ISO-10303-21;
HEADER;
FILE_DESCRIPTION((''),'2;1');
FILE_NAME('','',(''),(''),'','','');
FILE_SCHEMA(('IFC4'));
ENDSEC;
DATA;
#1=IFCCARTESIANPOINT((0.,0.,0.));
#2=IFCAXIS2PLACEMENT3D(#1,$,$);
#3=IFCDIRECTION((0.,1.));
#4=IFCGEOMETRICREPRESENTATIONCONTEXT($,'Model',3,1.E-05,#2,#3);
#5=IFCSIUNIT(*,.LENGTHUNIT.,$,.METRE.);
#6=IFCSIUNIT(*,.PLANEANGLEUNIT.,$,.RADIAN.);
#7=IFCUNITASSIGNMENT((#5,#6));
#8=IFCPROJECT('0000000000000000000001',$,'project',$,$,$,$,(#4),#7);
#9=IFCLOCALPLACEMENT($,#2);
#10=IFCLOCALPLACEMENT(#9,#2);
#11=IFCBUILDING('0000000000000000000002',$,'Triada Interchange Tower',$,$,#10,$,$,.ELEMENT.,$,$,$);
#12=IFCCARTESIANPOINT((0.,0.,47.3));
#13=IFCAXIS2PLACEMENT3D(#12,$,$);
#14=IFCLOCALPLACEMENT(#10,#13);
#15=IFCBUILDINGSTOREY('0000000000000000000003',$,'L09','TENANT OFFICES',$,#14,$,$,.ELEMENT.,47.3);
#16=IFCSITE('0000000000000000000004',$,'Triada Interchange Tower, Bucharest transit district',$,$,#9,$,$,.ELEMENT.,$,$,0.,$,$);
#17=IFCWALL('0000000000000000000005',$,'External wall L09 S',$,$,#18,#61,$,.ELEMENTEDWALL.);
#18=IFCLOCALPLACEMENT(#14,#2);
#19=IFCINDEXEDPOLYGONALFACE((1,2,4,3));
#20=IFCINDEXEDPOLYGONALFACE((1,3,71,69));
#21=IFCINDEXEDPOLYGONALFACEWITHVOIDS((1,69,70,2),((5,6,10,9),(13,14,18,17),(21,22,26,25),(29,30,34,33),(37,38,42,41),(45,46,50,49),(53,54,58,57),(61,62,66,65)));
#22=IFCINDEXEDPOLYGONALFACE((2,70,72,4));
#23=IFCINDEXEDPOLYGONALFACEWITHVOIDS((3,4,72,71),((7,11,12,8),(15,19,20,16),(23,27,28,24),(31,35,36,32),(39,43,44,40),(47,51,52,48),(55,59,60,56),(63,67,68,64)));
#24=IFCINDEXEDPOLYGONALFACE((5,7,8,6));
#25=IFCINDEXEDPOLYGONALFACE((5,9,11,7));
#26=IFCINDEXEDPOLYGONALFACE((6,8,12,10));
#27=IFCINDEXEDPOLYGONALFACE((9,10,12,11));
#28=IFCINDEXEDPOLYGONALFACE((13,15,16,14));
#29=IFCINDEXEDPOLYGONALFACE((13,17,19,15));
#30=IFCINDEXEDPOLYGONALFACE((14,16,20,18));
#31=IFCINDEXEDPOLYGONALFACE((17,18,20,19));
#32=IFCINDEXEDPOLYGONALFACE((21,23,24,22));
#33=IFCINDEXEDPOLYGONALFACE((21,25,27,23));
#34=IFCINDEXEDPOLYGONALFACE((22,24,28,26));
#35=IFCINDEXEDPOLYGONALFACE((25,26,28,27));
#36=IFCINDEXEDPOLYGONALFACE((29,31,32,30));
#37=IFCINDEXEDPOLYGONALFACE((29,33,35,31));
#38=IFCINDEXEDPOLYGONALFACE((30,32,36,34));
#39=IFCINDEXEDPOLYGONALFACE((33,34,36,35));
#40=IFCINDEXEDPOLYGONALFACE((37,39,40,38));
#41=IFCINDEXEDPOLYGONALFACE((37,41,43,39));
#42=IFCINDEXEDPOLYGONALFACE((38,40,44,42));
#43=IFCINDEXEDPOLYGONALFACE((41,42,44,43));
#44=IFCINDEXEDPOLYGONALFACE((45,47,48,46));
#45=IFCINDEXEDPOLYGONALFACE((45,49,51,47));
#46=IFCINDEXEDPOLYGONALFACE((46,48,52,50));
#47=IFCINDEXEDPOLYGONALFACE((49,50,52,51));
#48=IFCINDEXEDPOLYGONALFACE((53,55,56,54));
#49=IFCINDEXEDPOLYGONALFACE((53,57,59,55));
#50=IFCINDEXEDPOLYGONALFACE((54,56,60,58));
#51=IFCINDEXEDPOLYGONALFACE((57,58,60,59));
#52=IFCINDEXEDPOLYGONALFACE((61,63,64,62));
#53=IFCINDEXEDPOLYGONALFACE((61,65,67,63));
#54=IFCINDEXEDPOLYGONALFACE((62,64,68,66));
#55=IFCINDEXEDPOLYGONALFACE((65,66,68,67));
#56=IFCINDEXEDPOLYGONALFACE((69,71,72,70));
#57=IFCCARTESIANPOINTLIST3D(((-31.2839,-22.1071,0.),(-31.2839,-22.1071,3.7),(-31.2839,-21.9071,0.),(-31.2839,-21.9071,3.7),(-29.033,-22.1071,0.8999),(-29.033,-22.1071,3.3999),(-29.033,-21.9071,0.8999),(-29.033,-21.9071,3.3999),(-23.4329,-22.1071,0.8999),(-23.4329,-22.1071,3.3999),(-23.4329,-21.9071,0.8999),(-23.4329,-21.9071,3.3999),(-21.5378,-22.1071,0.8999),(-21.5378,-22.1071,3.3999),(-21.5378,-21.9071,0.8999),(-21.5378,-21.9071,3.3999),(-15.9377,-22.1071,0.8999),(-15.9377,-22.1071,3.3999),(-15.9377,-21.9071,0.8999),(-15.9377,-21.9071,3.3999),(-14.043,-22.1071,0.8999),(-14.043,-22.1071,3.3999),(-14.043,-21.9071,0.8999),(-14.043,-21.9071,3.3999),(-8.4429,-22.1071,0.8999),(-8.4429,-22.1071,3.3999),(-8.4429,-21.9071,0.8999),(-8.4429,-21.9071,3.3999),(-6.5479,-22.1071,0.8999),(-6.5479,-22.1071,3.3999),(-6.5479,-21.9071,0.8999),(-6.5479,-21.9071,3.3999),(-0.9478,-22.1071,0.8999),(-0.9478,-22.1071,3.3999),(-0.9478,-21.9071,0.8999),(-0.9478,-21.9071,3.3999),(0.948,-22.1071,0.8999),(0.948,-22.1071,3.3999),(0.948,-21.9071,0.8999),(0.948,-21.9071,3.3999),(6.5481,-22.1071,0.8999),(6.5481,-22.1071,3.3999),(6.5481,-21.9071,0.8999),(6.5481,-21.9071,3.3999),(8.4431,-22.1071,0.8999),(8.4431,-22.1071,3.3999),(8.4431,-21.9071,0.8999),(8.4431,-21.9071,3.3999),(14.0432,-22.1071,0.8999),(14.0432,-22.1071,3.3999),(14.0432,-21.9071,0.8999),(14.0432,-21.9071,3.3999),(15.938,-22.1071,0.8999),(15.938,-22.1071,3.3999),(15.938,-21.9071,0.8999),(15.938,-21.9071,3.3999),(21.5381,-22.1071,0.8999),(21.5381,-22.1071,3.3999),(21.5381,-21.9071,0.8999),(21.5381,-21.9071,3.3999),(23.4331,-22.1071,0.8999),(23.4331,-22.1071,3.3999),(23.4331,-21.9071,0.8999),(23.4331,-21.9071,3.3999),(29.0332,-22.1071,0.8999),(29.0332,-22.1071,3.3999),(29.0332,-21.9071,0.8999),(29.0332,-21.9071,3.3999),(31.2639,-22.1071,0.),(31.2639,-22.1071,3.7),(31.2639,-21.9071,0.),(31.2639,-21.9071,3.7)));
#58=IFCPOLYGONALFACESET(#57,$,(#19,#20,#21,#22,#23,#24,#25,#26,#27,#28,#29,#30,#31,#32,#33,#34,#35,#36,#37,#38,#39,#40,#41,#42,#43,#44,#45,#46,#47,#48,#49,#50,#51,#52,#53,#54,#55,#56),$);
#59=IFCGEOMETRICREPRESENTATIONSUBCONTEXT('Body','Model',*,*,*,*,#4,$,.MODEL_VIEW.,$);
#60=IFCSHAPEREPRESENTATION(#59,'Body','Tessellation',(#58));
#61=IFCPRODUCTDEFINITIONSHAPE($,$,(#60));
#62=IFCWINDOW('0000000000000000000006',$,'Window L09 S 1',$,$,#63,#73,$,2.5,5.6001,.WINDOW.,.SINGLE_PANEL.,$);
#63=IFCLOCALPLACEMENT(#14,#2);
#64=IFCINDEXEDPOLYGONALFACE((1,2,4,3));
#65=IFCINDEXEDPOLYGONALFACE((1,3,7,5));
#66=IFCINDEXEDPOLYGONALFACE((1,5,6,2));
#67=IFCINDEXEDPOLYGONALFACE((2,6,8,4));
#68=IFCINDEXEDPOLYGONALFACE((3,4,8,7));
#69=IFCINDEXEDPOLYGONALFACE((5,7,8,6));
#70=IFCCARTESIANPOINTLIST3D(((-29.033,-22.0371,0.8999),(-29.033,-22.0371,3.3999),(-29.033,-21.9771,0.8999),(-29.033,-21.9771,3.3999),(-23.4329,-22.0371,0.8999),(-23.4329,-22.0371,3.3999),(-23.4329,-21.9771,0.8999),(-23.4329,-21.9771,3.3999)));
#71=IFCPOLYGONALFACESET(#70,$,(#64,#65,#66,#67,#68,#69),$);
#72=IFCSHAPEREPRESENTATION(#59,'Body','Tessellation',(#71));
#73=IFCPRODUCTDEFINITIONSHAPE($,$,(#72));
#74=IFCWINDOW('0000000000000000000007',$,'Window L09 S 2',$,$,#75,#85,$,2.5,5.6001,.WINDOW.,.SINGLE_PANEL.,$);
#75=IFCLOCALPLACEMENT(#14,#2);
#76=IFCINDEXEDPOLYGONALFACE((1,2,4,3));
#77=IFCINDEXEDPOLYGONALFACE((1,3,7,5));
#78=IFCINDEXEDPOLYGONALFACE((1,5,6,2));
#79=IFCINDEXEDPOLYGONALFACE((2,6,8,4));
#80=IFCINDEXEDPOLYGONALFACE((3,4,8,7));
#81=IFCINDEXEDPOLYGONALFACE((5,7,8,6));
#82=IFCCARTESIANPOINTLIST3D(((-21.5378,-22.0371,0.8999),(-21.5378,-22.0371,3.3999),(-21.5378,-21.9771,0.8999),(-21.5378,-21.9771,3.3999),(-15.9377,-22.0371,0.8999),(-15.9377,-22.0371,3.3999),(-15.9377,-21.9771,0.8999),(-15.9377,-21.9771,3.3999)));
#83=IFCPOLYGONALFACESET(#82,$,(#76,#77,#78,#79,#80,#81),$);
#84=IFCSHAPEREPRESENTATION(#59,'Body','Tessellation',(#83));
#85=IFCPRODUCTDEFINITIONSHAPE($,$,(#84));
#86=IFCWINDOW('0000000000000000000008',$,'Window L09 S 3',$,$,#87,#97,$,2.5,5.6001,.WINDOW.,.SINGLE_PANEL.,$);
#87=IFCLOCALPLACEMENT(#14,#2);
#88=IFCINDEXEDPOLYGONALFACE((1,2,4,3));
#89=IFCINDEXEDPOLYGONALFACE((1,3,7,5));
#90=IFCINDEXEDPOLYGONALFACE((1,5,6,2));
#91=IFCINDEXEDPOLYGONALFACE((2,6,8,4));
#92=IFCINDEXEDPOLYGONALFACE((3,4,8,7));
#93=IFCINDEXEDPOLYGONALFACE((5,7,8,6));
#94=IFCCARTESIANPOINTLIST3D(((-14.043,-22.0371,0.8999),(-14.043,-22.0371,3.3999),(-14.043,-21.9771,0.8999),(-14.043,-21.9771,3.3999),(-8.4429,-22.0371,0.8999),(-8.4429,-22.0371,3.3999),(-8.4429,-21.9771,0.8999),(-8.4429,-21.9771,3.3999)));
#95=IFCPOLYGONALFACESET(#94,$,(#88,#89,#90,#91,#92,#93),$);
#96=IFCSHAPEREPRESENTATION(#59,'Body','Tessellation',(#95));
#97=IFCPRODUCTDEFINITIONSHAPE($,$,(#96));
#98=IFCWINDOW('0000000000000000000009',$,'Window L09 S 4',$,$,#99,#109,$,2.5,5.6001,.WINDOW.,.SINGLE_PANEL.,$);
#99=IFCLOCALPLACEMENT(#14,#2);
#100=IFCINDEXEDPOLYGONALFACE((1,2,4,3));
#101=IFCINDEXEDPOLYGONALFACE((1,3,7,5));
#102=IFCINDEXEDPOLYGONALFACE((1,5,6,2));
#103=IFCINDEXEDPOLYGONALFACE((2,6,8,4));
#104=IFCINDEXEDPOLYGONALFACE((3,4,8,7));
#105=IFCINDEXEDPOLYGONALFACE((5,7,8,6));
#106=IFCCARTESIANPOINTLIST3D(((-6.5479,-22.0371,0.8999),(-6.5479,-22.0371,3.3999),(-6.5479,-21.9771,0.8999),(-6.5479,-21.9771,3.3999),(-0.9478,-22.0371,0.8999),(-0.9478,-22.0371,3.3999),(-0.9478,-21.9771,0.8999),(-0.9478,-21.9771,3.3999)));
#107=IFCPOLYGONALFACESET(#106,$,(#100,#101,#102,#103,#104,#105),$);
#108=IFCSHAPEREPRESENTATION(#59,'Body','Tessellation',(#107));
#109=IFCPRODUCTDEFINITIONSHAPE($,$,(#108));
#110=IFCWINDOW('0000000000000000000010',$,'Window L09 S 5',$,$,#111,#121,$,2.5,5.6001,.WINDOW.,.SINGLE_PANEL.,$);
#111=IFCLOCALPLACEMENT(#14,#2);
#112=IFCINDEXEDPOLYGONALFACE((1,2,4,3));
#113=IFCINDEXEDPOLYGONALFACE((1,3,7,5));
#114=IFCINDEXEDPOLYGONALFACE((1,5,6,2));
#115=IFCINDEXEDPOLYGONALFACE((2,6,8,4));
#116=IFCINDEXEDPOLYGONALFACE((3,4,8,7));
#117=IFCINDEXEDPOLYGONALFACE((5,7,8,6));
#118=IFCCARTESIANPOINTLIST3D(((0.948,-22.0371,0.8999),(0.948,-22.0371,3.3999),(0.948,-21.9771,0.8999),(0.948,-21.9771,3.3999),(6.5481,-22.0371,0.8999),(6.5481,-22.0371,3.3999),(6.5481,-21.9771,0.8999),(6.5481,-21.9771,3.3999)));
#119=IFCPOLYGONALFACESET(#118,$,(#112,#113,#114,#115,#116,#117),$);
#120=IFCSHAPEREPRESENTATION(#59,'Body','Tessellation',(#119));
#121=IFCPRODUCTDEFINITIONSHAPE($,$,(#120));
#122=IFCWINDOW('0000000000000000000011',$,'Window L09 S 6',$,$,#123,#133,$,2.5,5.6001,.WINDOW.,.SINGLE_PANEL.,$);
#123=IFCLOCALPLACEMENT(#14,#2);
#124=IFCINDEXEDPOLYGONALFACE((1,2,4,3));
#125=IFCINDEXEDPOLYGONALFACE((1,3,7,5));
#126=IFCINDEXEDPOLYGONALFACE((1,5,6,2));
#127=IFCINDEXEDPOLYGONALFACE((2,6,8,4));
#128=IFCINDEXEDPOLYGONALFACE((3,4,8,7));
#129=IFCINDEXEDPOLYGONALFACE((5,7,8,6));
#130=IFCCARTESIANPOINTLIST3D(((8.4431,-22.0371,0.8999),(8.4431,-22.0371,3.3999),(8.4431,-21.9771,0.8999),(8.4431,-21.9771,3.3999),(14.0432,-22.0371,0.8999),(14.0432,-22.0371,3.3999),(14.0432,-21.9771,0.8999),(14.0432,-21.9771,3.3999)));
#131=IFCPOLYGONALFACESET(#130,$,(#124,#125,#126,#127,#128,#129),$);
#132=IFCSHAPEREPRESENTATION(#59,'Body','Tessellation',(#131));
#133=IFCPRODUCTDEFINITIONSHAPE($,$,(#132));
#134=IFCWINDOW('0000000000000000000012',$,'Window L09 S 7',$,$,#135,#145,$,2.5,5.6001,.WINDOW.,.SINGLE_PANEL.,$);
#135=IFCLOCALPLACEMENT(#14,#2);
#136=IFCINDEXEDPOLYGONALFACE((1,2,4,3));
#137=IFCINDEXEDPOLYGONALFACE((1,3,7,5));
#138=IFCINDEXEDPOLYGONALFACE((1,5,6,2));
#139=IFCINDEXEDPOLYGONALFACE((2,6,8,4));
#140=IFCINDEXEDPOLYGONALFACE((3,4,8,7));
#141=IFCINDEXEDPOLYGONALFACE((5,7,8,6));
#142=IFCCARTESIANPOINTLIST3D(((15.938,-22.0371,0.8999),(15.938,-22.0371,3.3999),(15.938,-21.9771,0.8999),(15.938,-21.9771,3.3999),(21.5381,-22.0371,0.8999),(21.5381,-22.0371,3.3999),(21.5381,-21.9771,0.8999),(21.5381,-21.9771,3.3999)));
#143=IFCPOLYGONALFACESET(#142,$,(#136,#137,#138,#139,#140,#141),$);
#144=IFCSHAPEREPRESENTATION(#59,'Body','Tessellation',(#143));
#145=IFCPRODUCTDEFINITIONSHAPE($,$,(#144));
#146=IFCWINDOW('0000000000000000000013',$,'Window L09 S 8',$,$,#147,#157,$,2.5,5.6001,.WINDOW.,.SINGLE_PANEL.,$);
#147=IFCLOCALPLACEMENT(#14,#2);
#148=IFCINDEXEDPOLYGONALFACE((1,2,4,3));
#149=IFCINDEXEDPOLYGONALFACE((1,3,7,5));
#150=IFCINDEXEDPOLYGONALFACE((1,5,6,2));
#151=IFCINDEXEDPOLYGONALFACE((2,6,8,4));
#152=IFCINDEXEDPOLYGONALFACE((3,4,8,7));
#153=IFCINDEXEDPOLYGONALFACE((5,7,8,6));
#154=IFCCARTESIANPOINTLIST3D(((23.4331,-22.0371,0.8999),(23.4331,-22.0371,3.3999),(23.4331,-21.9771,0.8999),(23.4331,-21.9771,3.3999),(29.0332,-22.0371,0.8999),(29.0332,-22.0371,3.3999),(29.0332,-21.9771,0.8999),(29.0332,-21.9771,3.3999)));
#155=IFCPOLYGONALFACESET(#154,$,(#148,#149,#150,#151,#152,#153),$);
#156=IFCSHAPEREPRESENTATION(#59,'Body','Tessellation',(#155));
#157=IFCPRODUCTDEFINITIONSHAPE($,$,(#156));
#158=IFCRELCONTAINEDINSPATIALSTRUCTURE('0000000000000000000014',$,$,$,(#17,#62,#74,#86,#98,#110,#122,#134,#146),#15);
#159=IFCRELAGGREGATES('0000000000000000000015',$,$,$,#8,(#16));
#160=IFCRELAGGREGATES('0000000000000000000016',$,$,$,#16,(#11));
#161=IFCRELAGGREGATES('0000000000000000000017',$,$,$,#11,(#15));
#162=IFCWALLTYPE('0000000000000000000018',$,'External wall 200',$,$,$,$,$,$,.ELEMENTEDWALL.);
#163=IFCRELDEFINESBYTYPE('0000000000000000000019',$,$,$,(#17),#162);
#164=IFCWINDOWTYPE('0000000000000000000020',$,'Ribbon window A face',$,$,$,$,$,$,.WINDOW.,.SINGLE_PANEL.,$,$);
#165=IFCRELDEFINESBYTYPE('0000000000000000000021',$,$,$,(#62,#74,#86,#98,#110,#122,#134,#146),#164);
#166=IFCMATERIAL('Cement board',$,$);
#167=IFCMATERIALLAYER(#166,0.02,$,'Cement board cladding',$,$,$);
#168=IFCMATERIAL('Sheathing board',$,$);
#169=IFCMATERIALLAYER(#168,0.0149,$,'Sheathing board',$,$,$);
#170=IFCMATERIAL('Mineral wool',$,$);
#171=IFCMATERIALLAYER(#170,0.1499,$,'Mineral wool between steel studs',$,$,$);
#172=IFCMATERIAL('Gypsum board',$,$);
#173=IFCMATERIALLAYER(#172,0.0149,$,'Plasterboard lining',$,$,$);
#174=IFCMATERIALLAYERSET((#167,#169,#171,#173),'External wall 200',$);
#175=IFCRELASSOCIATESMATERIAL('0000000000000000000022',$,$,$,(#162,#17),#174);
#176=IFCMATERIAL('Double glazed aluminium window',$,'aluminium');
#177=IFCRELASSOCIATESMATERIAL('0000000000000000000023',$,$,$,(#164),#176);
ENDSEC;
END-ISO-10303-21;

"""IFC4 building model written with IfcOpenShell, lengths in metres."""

from ifc_helpers import new_model, si_unit, direction, frame, frame_2d, origin, place, context, subcontext, project, spatial, rectangle, extrude, material, layer, layer_set, layer_usage, type_object, element, fill, save


model = new_model("IFC4")

# Units and contexts
model_context = context("Model", 3, precision=1e-05, world=origin(), true_north=direction((0.0, 1.0)))
body_context = subcontext(model_context, "Body", "Model", "MODEL_VIEW")
ifc_project = project(units=[si_unit("LENGTHUNIT", "METRE"), si_unit("PLANEANGLEUNIT", "RADIAN")], contexts=[model_context])

# Site, building, storey
site_placement = place(None, origin())
site = spatial("IfcSite", under=ifc_project, at=site_placement, Name="Triada Interchange Tower, Bucharest transit district", CompositionType="ELEMENT", RefElevation=0.0)
building_placement = place(site_placement, origin())
building = spatial("IfcBuilding", under=site, at=building_placement, Name="Triada Interchange Tower", CompositionType="ELEMENT")
storey_placement = place(building_placement, frame((0.0, 0.0, 47.3)))
storey = spatial("IfcBuildingStorey", under=building, at=storey_placement, Name="L09", Description="TENANT OFFICES", CompositionType="ELEMENT", Elevation=47.3)

# Shared definitions
ifc_material_1 = material(Name="Cement board")
ifc_layer_1 = layer(ifc_material_1, 0.02, Name="Cement board cladding")
ifc_material_2 = material(Name="Sheathing board")
ifc_layer_2 = layer(ifc_material_2, 0.0149, Name="Sheathing board")
ifc_material_3 = material(Name="Mineral wool")
ifc_layer_3 = layer(ifc_material_3, 0.1499, Name="Mineral wool between steel studs")
ifc_material_4 = material(Name="Gypsum board")
ifc_layer_4 = layer(ifc_material_4, 0.0149, Name="Plasterboard lining")
ifc_layer_set_1 = layer_set([ifc_layer_1, ifc_layer_2, ifc_layer_3, ifc_layer_4], Name="External wall 200")
ifc_layer_usage = layer_usage(ifc_layer_set_1, "AXIS2", "POSITIVE", -0.1001)
wall_type_1 = type_object("IfcWallType", Name="External wall 200", PredefinedType="ELEMENTEDWALL", material=ifc_layer_set_1)
ifc_material_5 = material(Name="Double glazed aluminium window", Category="aluminium")

# Wall, openings, windows
wall_1_placement = place(storey_placement, frame((-31.2839, -22.0071, 0.0), z_axis=(0.0, 0.0, 1.0), x_axis=(1.0, 0.0, 0.0)))
wall_1 = element("IfcWall", 1, at=wall_1_placement, inside=storey, type_object=wall_type_1, material=ifc_layer_usage, Name="External wall L09 S", PredefinedType="ELEMENTEDWALL", context=body_context, shape_type="SweptSolid", body=[
    extrude(rectangle(XDim=62.5479, YDim=0.2, at=frame_2d((31.2739, 0.0))), origin(), (0.0, 0.0, 1.0), 3.7),
])
opening_1_placement = place(wall_1_placement, frame((2.251, 0.0, 0.8999)))
opening_1 = element("IfcOpeningElement", 2, at=opening_1_placement, cuts=wall_1, PredefinedType="OPENING", context=body_context, shape_type="SweptSolid", body=[
    extrude(rectangle(XDim=5.6001, YDim=2.5, at=frame_2d((2.8, 1.25))), frame((0.0, 0.1099, 0.0), z_axis=(0.0, -1.0, 0.0), x_axis=(1.0, 0.0, 0.0)), (0.0, 0.0, 1.0), 0.22),
])
opening_2_placement = place(wall_1_placement, frame((9.7461, 0.0, 0.8999)))
opening_2 = element("IfcOpeningElement", 3, at=opening_2_placement, cuts=wall_1, PredefinedType="OPENING", context=body_context, shape_type="SweptSolid", body=[
    extrude(rectangle(XDim=5.6001, YDim=2.5, at=frame_2d((2.8, 1.25))), frame((0.0, 0.1099, 0.0), z_axis=(0.0, -1.0, 0.0), x_axis=(1.0, 0.0, 0.0)), (0.0, 0.0, 1.0), 0.22),
])
opening_3_placement = place(wall_1_placement, frame((17.241, 0.0, 0.8999)))
opening_3 = element("IfcOpeningElement", 4, at=opening_3_placement, cuts=wall_1, PredefinedType="OPENING", context=body_context, shape_type="SweptSolid", body=[
    extrude(rectangle(XDim=5.6001, YDim=2.5, at=frame_2d((2.8, 1.25))), frame((0.0, 0.1099, 0.0), z_axis=(0.0, -1.0, 0.0), x_axis=(1.0, 0.0, 0.0)), (0.0, 0.0, 1.0), 0.22),
])
opening_4_placement = place(wall_1_placement, frame((24.7361, 0.0, 0.8999)))
opening_4 = element("IfcOpeningElement", 5, at=opening_4_placement, cuts=wall_1, PredefinedType="OPENING", context=body_context, shape_type="SweptSolid", body=[
    extrude(rectangle(XDim=5.6001, YDim=2.5, at=frame_2d((2.8, 1.25))), frame((0.0, 0.1099, 0.0), z_axis=(0.0, -1.0, 0.0), x_axis=(1.0, 0.0, 0.0)), (0.0, 0.0, 1.0), 0.22),
])
opening_5_placement = place(wall_1_placement, frame((32.2319, 0.0, 0.8999)))
opening_5 = element("IfcOpeningElement", 6, at=opening_5_placement, cuts=wall_1, PredefinedType="OPENING", context=body_context, shape_type="SweptSolid", body=[
    extrude(rectangle(XDim=5.6001, YDim=2.5, at=frame_2d((2.8, 1.25))), frame((0.0, 0.1099, 0.0), z_axis=(0.0, -1.0, 0.0), x_axis=(1.0, 0.0, 0.0)), (0.0, 0.0, 1.0), 0.22),
])
opening_6_placement = place(wall_1_placement, frame((39.7271, 0.0, 0.8999)))
opening_6 = element("IfcOpeningElement", 7, at=opening_6_placement, cuts=wall_1, PredefinedType="OPENING", context=body_context, shape_type="SweptSolid", body=[
    extrude(rectangle(XDim=5.6001, YDim=2.5, at=frame_2d((2.8, 1.25))), frame((0.0, 0.1099, 0.0), z_axis=(0.0, -1.0, 0.0), x_axis=(1.0, 0.0, 0.0)), (0.0, 0.0, 1.0), 0.22),
])
opening_7_placement = place(wall_1_placement, frame((47.2219, 0.0, 0.8999)))
opening_7 = element("IfcOpeningElement", 8, at=opening_7_placement, cuts=wall_1, PredefinedType="OPENING", context=body_context, shape_type="SweptSolid", body=[
    extrude(rectangle(XDim=5.6001, YDim=2.5, at=frame_2d((2.8, 1.25))), frame((0.0, 0.1099, 0.0), z_axis=(0.0, -1.0, 0.0), x_axis=(1.0, 0.0, 0.0)), (0.0, 0.0, 1.0), 0.22),
])
opening_8_placement = place(wall_1_placement, frame((54.717, 0.0, 0.8999)))
opening_8 = element("IfcOpeningElement", 9, at=opening_8_placement, cuts=wall_1, PredefinedType="OPENING", context=body_context, shape_type="SweptSolid", body=[
    extrude(rectangle(XDim=5.6001, YDim=2.5, at=frame_2d((2.8, 1.25))), frame((0.0, 0.1099, 0.0), z_axis=(0.0, -1.0, 0.0), x_axis=(1.0, 0.0, 0.0)), (0.0, 0.0, 1.0), 0.22),
])
window_type_1 = type_object("IfcWindowType", Name="Ribbon window A face", PartitioningType="SINGLE_PANEL", PredefinedType="WINDOW", material=ifc_material_5)
window_1_placement = place(opening_1_placement, origin())
window_1 = element("IfcWindow", 10, at=window_1_placement, inside=storey, type_object=window_type_1, Name="Window L09 S 1", OverallHeight=2.5, OverallWidth=5.6001, PartitioningType="SINGLE_PANEL", PredefinedType="WINDOW", context=body_context, shape_type="SweptSolid", body=[
    extrude(rectangle(XDim=5.6001, YDim=2.5, at=frame_2d((2.8, 1.25))), frame((0.0, 0.03, 0.0), z_axis=(0.0, -1.0, 0.0), x_axis=(1.0, 0.0, 0.0)), (0.0, 0.0, 1.0), 0.0601),
])
fill(opening_1, window_1)
window_2_placement = place(opening_2_placement, origin())
window_2 = element("IfcWindow", 11, at=window_2_placement, inside=storey, type_object=window_type_1, Name="Window L09 S 2", OverallHeight=2.5, OverallWidth=5.6001, PartitioningType="SINGLE_PANEL", PredefinedType="WINDOW", context=body_context, shape_type="SweptSolid", body=[
    extrude(rectangle(XDim=5.6001, YDim=2.5, at=frame_2d((2.8, 1.25))), frame((0.0, 0.03, 0.0), z_axis=(0.0, -1.0, 0.0), x_axis=(1.0, 0.0, 0.0)), (0.0, 0.0, 1.0), 0.0601),
])
fill(opening_2, window_2)
window_3_placement = place(opening_3_placement, origin())
window_3 = element("IfcWindow", 12, at=window_3_placement, inside=storey, type_object=window_type_1, Name="Window L09 S 3", OverallHeight=2.5, OverallWidth=5.6001, PartitioningType="SINGLE_PANEL", PredefinedType="WINDOW", context=body_context, shape_type="SweptSolid", body=[
    extrude(rectangle(XDim=5.6001, YDim=2.5, at=frame_2d((2.8, 1.25))), frame((0.0, 0.03, 0.0), z_axis=(0.0, -1.0, 0.0), x_axis=(1.0, 0.0, 0.0)), (0.0, 0.0, 1.0), 0.0601),
])
fill(opening_3, window_3)
window_4_placement = place(opening_4_placement, origin())
window_4 = element("IfcWindow", 13, at=window_4_placement, inside=storey, type_object=window_type_1, Name="Window L09 S 4", OverallHeight=2.5, OverallWidth=5.6001, PartitioningType="SINGLE_PANEL", PredefinedType="WINDOW", context=body_context, shape_type="SweptSolid", body=[
    extrude(rectangle(XDim=5.6001, YDim=2.5, at=frame_2d((2.8, 1.25))), frame((0.0, 0.03, 0.0), z_axis=(0.0, -1.0, 0.0), x_axis=(1.0, 0.0, 0.0)), (0.0, 0.0, 1.0), 0.0601),
])
fill(opening_4, window_4)
window_5_placement = place(opening_5_placement, origin())
window_5 = element("IfcWindow", 14, at=window_5_placement, inside=storey, type_object=window_type_1, Name="Window L09 S 5", OverallHeight=2.5, OverallWidth=5.6001, PartitioningType="SINGLE_PANEL", PredefinedType="WINDOW", context=body_context, shape_type="SweptSolid", body=[
    extrude(rectangle(XDim=5.6001, YDim=2.5, at=frame_2d((2.8, 1.25))), frame((0.0, 0.03, 0.0), z_axis=(0.0, -1.0, 0.0), x_axis=(1.0, 0.0, 0.0)), (0.0, 0.0, 1.0), 0.0601),
])
fill(opening_5, window_5)
window_6_placement = place(opening_6_placement, origin())
window_6 = element("IfcWindow", 15, at=window_6_placement, inside=storey, type_object=window_type_1, Name="Window L09 S 6", OverallHeight=2.5, OverallWidth=5.6001, PartitioningType="SINGLE_PANEL", PredefinedType="WINDOW", context=body_context, shape_type="SweptSolid", body=[
    extrude(rectangle(XDim=5.6001, YDim=2.5, at=frame_2d((2.8, 1.25))), frame((0.0, 0.03, 0.0), z_axis=(0.0, -1.0, 0.0), x_axis=(1.0, 0.0, 0.0)), (0.0, 0.0, 1.0), 0.0601),
])
fill(opening_6, window_6)
window_7_placement = place(opening_7_placement, origin())
window_7 = element("IfcWindow", 16, at=window_7_placement, inside=storey, type_object=window_type_1, Name="Window L09 S 7", OverallHeight=2.5, OverallWidth=5.6001, PartitioningType="SINGLE_PANEL", PredefinedType="WINDOW", context=body_context, shape_type="SweptSolid", body=[
    extrude(rectangle(XDim=5.6001, YDim=2.5, at=frame_2d((2.8, 1.25))), frame((0.0, 0.03, 0.0), z_axis=(0.0, -1.0, 0.0), x_axis=(1.0, 0.0, 0.0)), (0.0, 0.0, 1.0), 0.0601),
])
fill(opening_7, window_7)
window_8_placement = place(opening_8_placement, origin())
window_8 = element("IfcWindow", 17, at=window_8_placement, inside=storey, type_object=window_type_1, Name="Window L09 S 8", OverallHeight=2.5, OverallWidth=5.6001, PartitioningType="SINGLE_PANEL", PredefinedType="WINDOW", context=body_context, shape_type="SweptSolid", body=[
    extrude(rectangle(XDim=5.6001, YDim=2.5, at=frame_2d((2.8, 1.25))), frame((0.0, 0.03, 0.0), z_axis=(0.0, -1.0, 0.0), x_axis=(1.0, 0.0, 0.0)), (0.0, 0.0, 1.0), 0.0601),
])
fill(opening_8, window_8)

save(model, "model.ifc")
